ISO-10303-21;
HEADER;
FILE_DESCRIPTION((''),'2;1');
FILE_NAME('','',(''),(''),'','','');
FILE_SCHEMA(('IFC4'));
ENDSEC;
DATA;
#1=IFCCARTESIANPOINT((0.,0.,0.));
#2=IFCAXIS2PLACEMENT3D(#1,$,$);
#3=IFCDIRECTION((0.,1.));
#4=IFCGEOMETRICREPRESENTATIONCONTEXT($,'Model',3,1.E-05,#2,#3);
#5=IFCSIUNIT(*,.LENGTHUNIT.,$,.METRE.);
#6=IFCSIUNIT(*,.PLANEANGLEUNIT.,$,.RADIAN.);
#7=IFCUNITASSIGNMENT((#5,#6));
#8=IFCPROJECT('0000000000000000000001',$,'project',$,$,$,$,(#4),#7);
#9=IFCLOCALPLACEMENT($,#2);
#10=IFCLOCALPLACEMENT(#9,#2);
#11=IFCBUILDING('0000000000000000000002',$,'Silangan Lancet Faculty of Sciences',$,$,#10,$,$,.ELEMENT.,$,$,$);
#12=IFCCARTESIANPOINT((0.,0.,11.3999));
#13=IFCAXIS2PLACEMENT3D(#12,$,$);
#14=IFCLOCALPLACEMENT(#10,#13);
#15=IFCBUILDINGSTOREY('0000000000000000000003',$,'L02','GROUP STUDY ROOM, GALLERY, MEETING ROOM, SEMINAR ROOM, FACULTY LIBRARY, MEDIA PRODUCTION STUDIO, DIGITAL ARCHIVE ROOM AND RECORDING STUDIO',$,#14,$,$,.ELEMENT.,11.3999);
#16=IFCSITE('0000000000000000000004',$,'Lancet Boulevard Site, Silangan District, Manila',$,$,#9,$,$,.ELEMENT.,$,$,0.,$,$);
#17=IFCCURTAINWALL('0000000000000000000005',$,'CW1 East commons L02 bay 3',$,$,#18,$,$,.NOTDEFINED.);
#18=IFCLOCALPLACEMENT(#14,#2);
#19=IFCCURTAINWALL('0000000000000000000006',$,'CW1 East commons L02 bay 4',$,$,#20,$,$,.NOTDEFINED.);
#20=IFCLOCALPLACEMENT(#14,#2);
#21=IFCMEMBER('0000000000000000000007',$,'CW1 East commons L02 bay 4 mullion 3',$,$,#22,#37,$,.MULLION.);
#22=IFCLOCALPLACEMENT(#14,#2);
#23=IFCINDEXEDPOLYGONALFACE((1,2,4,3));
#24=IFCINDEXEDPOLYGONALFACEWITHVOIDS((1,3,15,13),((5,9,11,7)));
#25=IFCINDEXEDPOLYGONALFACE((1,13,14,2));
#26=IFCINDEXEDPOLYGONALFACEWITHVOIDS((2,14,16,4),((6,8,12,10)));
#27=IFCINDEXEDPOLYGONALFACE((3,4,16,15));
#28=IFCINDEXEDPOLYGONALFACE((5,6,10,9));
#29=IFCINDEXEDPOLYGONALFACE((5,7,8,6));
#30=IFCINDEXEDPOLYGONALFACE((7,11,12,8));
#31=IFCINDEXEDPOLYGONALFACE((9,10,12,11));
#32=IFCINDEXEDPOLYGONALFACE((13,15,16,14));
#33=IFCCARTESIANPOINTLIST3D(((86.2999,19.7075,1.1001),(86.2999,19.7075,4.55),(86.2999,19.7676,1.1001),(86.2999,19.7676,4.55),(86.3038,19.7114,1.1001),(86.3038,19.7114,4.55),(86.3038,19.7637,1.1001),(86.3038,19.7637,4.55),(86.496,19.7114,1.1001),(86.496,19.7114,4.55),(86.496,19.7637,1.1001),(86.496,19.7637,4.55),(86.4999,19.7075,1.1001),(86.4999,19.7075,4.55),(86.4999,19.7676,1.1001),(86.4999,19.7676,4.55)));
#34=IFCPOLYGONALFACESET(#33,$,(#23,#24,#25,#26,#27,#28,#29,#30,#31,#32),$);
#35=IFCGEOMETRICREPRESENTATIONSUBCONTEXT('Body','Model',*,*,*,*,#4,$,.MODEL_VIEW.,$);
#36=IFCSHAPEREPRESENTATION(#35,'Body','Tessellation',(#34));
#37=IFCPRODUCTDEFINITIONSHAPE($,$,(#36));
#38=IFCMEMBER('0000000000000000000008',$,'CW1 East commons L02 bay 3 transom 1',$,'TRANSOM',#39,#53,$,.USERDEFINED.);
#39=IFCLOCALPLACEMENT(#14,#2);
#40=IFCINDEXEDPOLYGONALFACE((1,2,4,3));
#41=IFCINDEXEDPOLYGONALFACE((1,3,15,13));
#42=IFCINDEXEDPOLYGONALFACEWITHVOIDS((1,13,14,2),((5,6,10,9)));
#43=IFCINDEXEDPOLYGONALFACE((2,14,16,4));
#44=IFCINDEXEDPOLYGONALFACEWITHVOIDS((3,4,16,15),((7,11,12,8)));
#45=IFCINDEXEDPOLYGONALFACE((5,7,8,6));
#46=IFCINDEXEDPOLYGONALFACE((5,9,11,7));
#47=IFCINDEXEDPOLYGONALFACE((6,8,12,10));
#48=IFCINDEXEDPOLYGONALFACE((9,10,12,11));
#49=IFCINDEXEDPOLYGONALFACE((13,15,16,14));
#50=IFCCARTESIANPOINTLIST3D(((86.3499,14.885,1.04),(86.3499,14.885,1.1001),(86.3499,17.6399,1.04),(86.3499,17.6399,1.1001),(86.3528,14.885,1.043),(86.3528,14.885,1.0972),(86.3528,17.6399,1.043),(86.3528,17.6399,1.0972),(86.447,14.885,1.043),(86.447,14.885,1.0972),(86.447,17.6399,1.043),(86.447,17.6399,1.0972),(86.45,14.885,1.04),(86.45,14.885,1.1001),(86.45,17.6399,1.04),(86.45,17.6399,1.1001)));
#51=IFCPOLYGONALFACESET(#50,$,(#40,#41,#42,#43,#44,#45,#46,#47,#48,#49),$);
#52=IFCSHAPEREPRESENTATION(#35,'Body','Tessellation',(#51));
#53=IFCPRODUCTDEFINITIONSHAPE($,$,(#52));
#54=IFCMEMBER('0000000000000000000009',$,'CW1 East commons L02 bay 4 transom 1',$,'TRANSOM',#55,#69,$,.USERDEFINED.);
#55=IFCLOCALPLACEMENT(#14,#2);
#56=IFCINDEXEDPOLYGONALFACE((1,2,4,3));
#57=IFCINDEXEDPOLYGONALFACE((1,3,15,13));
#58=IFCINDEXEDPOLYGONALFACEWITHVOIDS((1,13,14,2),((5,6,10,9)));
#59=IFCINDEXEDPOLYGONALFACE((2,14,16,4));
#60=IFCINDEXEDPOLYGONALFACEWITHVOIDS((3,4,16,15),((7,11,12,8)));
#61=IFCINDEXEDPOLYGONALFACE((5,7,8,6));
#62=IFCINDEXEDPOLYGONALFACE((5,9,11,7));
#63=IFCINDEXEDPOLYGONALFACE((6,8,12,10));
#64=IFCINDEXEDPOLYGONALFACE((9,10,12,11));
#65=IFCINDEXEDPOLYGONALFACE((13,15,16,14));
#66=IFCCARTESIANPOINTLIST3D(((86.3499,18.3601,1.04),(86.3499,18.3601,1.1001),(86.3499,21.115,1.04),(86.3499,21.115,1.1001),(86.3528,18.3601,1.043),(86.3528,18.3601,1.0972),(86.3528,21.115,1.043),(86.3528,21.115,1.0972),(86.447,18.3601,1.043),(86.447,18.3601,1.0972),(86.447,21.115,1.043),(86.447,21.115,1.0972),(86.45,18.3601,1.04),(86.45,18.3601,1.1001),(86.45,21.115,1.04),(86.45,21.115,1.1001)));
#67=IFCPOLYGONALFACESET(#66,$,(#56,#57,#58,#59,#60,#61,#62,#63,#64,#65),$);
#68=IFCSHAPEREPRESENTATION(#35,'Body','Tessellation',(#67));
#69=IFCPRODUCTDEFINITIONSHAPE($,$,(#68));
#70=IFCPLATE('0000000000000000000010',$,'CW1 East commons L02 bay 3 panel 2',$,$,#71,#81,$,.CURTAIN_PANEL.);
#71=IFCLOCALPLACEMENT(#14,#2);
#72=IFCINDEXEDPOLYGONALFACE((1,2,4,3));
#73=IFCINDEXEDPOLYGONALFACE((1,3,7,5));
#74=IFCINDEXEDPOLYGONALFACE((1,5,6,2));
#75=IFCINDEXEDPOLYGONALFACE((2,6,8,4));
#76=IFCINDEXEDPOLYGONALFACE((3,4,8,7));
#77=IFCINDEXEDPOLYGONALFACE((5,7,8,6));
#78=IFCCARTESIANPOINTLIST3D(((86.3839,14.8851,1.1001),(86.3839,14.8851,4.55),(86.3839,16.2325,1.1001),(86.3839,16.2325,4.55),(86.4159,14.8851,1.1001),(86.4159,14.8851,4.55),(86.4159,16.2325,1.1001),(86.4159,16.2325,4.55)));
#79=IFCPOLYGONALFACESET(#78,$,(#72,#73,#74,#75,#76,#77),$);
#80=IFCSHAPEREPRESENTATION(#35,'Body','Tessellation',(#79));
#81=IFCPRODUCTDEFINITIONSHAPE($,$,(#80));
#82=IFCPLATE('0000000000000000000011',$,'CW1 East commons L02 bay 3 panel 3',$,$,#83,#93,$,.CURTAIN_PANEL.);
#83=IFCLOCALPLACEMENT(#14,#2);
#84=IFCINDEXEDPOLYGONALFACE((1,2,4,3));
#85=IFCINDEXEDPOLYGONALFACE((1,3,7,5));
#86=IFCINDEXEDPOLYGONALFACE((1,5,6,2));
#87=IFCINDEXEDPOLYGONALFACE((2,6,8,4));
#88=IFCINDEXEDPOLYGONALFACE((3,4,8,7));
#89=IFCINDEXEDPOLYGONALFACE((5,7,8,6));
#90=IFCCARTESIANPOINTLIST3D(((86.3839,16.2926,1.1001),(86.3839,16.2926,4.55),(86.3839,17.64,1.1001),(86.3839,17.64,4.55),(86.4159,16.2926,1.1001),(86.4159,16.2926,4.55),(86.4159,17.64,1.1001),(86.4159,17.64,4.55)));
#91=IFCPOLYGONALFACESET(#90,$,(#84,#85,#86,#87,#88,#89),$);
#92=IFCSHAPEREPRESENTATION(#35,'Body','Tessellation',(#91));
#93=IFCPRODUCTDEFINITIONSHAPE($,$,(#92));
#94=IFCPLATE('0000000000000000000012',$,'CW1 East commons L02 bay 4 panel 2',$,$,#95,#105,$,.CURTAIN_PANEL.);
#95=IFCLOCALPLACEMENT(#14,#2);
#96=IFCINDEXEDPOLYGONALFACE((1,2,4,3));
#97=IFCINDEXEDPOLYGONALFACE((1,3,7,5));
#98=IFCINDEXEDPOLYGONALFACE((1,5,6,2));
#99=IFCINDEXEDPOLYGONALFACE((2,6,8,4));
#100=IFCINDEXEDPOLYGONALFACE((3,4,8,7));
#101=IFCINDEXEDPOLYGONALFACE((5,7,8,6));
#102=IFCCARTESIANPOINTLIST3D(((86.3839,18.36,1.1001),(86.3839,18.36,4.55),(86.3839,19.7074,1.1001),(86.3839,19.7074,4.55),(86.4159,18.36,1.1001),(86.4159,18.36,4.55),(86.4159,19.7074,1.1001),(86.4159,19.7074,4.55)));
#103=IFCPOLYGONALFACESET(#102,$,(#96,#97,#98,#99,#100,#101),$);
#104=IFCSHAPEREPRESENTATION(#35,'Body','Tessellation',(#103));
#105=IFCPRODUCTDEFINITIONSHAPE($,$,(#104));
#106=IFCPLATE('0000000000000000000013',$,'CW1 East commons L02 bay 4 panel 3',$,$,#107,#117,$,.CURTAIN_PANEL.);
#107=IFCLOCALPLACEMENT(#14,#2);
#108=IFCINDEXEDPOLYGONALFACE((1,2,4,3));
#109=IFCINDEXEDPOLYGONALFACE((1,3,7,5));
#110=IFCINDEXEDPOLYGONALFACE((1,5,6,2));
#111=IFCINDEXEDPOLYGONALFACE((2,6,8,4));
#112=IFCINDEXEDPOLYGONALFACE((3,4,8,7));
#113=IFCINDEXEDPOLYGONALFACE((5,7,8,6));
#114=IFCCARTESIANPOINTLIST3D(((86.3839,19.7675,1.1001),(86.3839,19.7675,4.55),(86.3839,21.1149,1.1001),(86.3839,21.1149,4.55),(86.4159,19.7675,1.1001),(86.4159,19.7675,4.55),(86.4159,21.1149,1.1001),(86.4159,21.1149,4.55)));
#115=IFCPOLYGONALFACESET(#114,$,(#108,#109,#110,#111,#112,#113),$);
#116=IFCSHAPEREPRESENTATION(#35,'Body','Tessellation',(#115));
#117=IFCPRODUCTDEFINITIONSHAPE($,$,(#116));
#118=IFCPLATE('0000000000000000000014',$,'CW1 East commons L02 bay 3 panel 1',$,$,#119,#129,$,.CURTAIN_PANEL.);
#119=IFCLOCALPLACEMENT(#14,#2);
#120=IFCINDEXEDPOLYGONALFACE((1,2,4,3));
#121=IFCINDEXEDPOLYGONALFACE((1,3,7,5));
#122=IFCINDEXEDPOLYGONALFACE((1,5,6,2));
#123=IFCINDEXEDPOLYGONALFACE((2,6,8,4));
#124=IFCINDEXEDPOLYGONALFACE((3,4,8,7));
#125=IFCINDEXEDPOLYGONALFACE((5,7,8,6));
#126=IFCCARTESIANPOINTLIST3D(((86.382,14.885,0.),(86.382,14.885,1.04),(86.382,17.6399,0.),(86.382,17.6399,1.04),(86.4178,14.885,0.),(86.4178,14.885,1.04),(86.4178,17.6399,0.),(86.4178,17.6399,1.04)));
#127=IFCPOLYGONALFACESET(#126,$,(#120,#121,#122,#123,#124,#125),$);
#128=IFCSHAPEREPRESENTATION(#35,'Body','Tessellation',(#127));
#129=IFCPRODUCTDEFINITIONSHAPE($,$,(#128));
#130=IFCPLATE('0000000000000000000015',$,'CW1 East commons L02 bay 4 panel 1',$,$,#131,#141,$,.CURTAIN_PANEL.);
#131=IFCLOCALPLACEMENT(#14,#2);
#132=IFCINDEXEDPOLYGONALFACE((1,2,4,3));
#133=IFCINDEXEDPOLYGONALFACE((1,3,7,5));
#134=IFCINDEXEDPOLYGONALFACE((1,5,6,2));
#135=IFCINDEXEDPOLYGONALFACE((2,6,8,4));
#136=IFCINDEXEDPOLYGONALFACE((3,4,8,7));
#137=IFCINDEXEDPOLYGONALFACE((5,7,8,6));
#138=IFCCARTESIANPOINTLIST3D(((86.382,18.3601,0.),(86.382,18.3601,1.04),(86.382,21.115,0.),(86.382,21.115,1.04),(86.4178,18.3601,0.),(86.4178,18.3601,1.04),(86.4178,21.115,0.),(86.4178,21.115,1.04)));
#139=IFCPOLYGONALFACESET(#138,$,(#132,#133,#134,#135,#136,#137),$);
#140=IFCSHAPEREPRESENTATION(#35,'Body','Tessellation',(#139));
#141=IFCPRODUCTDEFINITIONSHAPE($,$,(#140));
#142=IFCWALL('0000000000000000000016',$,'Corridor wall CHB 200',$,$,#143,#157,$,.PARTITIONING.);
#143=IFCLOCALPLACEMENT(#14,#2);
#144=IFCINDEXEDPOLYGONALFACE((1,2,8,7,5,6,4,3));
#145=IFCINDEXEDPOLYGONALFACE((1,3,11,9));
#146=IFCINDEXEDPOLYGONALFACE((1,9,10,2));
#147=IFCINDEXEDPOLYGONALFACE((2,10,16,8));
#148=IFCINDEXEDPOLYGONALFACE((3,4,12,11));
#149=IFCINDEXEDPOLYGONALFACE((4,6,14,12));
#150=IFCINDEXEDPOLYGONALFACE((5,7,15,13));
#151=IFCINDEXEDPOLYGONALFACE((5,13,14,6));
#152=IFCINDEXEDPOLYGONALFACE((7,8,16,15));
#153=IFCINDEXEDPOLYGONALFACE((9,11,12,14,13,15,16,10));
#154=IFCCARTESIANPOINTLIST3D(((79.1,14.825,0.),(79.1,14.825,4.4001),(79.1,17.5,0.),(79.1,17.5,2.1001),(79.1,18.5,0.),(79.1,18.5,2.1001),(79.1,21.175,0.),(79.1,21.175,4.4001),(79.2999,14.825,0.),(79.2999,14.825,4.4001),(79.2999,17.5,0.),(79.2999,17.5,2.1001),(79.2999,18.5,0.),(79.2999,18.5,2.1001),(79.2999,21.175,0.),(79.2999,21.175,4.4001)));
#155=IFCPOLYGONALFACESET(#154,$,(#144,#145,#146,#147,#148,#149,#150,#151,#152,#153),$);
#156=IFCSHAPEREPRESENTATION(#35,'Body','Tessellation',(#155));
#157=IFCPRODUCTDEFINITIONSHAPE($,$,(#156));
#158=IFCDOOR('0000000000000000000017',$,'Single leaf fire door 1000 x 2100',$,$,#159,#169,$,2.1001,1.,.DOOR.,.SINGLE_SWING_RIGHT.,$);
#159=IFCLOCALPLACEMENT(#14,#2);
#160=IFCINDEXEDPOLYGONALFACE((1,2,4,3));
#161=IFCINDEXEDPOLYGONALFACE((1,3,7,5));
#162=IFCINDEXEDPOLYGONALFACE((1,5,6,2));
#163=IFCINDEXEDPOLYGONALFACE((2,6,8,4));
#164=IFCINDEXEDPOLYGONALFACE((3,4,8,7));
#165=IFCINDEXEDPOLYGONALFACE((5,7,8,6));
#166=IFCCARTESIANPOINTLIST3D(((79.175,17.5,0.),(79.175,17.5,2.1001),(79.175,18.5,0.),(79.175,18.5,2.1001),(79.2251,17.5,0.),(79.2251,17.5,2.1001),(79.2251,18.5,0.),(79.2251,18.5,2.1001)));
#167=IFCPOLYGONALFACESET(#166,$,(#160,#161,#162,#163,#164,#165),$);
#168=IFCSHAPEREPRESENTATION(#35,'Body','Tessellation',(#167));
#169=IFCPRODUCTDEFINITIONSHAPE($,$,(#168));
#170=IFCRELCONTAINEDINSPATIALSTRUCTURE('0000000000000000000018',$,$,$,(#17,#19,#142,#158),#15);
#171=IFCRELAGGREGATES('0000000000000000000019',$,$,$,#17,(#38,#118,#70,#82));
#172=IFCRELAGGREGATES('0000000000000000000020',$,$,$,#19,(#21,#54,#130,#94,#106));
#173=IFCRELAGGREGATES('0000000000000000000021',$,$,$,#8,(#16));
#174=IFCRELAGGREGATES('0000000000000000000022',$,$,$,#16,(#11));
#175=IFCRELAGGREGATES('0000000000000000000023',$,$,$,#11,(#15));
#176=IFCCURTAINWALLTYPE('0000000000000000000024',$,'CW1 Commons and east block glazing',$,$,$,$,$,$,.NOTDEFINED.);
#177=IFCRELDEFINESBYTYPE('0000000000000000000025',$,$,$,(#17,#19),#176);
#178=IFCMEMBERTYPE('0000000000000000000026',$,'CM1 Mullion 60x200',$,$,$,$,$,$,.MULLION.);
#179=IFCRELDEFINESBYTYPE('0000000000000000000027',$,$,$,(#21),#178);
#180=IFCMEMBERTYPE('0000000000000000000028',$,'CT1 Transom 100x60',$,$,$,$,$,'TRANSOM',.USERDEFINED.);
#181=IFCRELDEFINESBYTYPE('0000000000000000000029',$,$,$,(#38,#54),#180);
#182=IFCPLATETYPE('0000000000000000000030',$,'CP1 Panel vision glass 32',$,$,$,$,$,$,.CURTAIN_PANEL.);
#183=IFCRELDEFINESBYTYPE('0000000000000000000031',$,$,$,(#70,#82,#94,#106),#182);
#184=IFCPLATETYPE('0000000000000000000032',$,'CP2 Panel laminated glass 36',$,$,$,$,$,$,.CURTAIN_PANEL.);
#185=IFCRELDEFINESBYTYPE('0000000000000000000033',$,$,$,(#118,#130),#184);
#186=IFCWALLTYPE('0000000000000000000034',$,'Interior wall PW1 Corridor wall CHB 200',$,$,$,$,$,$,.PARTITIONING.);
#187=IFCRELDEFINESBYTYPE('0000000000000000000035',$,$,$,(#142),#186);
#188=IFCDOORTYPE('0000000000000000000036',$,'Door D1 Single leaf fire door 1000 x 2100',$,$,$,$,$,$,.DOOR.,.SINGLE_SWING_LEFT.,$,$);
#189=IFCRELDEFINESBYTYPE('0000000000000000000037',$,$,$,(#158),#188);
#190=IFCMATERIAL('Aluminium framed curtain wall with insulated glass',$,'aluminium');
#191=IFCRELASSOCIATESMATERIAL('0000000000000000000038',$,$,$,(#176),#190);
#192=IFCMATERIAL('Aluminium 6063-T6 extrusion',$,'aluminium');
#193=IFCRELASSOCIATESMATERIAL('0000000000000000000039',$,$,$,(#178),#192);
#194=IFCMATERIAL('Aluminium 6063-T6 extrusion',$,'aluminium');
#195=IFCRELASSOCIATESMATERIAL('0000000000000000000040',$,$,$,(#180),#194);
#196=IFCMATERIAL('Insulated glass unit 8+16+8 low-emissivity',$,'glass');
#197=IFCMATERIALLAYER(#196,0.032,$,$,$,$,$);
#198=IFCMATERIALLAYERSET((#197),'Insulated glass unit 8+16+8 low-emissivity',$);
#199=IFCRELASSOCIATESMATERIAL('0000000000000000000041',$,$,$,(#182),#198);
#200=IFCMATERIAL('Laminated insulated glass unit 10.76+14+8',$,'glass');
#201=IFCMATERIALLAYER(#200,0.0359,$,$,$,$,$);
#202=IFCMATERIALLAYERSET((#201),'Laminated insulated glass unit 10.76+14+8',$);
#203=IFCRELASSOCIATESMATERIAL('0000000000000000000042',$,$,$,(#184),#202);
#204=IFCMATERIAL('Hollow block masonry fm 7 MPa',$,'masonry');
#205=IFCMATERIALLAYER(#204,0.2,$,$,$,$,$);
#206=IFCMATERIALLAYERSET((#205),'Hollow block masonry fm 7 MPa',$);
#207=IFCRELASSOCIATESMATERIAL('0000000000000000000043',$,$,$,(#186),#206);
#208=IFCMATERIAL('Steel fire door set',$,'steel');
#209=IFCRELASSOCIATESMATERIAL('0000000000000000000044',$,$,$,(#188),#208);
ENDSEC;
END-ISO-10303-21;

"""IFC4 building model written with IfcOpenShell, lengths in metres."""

from ifc_helpers import new_model, si_unit, direction, frame, frame_2d, origin, origin_2d, place, context, subcontext, project, spatial, rectangle, hollow_rectangle, extrude, material, layer, layer_set, material_profile, profile_set, type_object, element, fill, aggregate, save


model = new_model("IFC4")

# Units and contexts
model_context = context("Model", 3, precision=1e-05, world=origin(), true_north=direction((0.0, 1.0)))
body_context = subcontext(model_context, "Body", "Model", "MODEL_VIEW")
ifc_project = project(units=[si_unit("LENGTHUNIT", "METRE"), si_unit("PLANEANGLEUNIT", "RADIAN")], contexts=[model_context])

# Site, building, storey
site_placement = place(None, origin())
site = spatial("IfcSite", under=ifc_project, at=site_placement, Name="Lancet Boulevard Site, Silangan District, Manila", CompositionType="ELEMENT", RefElevation=0.0)
building_placement = place(site_placement, origin())
building = spatial("IfcBuilding", under=site, at=building_placement, Name="Silangan Lancet Faculty of Sciences", CompositionType="ELEMENT")
storey_placement = place(building_placement, frame((0.0, 0.0, 11.3999)))
storey = spatial("IfcBuildingStorey", under=building, at=storey_placement, Name="L02", Description="GROUP STUDY ROOM, GALLERY, MEETING ROOM, SEMINAR ROOM, FACULTY LIBRARY, MEDIA PRODUCTION STUDIO, DIGITAL ARCHIVE ROOM AND RECORDING STUDIO", CompositionType="ELEMENT", Elevation=11.3999)

# Curtain walls, member
ifc_material_1 = material(Name="Aluminium framed curtain wall with insulated glass", Category="aluminium")
curtain_wall_type = type_object("IfcCurtainWallType", Name="CW1 Commons and east block glazing", PredefinedType="NOTDEFINED", material=ifc_material_1)
curtain_wall_1_placement = place(storey_placement, origin())
curtain_wall_1 = element("IfcCurtainWall", 1, at=curtain_wall_1_placement, inside=storey, type_object=curtain_wall_type, Name="CW1 East commons L02 bay 3", PredefinedType="NOTDEFINED")
ifc_material_2 = material(Name="Aluminium 6063-T6 extrusion", Category="aluminium")
ifc_material_profile_1 = material_profile(ifc_material_2, hollow_rectangle(XDim=0.0601, YDim=0.2, WallThickness=0.0039, at=origin_2d()), Name="AL BOX 60x200x4")
ifc_profile_set_1 = profile_set([ifc_material_profile_1], Name="Aluminium 6063-T6 extrusion")
member_type_1 = type_object("IfcMemberType", Name="CM1 Mullion 60x200", PredefinedType="MULLION", material=ifc_profile_set_1)
curtain_wall_2_placement = place(storey_placement, origin())
curtain_wall_2 = element("IfcCurtainWall", 2, at=curtain_wall_2_placement, inside=storey, type_object=curtain_wall_type, Name="CW1 East commons L02 bay 4", PredefinedType="NOTDEFINED")
member_1_placement = place(storey_placement, frame((86.3999, 19.7375, 1.1001), z_axis=(0.0, 0.0, 1.0), x_axis=(0.0, 1.0, 0.0)))
member_1 = element("IfcMember", 3, at=member_1_placement, type_object=member_type_1, Name="CW1 East commons L02 bay 4 mullion 3", PredefinedType="MULLION", context=body_context, shape_type="SweptSolid", body=[
    extrude(hollow_rectangle(XDim=0.0601, YDim=0.2, WallThickness=0.0039, at=origin_2d()), origin(), (0.0, 0.0, 1.0), 3.45),
])

# Members
ifc_material_3 = material(Name="Aluminium 6063-T6 extrusion", Category="aluminium")
ifc_material_profile_2 = material_profile(ifc_material_3, hollow_rectangle(XDim=0.1001, YDim=0.0601, WallThickness=0.0029, at=origin_2d()), Name="AL BOX 100x60x3")
ifc_profile_set_2 = profile_set([ifc_material_profile_2], Name="Aluminium 6063-T6 extrusion")
member_type_2 = type_object("IfcMemberType", Name="CT1 Transom 100x60", ElementType="TRANSOM", PredefinedType="USERDEFINED", material=ifc_profile_set_2)
member_2_placement = place(storey_placement, frame((86.3999, 14.885, 1.0701), z_axis=(0.0, 1.0, 0.0), x_axis=(-1.0, 0.0, 0.0)))
member_2 = element("IfcMember", 4, at=member_2_placement, type_object=member_type_2, Name="CW1 East commons L02 bay 3 transom 1", ObjectType="TRANSOM", PredefinedType="USERDEFINED", context=body_context, shape_type="SweptSolid", body=[
    extrude(hollow_rectangle(XDim=0.1001, YDim=0.0601, WallThickness=0.0029, at=origin_2d()), origin(), (0.0, 0.0, 1.0), 2.7549),
])
member_3_placement = place(storey_placement, frame((86.3999, 18.3601, 1.0701), z_axis=(0.0, 1.0, 0.0), x_axis=(-1.0, 0.0, 0.0)))
member_3 = element("IfcMember", 5, at=member_3_placement, type_object=member_type_2, Name="CW1 East commons L02 bay 4 transom 1", ObjectType="TRANSOM", PredefinedType="USERDEFINED", context=body_context, shape_type="SweptSolid", body=[
    extrude(hollow_rectangle(XDim=0.1001, YDim=0.0601, WallThickness=0.0029, at=origin_2d()), origin(), (0.0, 0.0, 1.0), 2.7549),
])

# Plates
ifc_material_4 = material(Name="Insulated glass unit 8+16+8 low-emissivity", Category="glass")
ifc_layer_1 = layer(ifc_material_4, 0.032)
ifc_layer_set_1 = layer_set([ifc_layer_1], Name="Insulated glass unit 8+16+8 low-emissivity")
plate_type_1 = type_object("IfcPlateType", Name="CP1 Panel vision glass 32", PredefinedType="CURTAIN_PANEL", material=ifc_layer_set_1)
plate_1_placement = place(storey_placement, frame((86.3999, 15.5588, 1.1001), z_axis=(0.0, 0.0, 1.0), x_axis=(0.0, 1.0, 0.0)))
plate_1 = element("IfcPlate", 6, at=plate_1_placement, type_object=plate_type_1, Name="CW1 East commons L02 bay 3 panel 2", PredefinedType="CURTAIN_PANEL", context=body_context, shape_type="SweptSolid", body=[
    extrude(rectangle(XDim=1.3474, YDim=0.032, at=origin_2d()), origin(), (0.0, 0.0, 1.0), 3.45),
])
plate_2_placement = place(storey_placement, frame((86.3999, 16.9663, 1.1001), z_axis=(0.0, 0.0, 1.0), x_axis=(0.0, 1.0, 0.0)))
plate_2 = element("IfcPlate", 7, at=plate_2_placement, type_object=plate_type_1, Name="CW1 East commons L02 bay 3 panel 3", PredefinedType="CURTAIN_PANEL", context=body_context, shape_type="SweptSolid", body=[
    extrude(rectangle(XDim=1.3474, YDim=0.032, at=origin_2d()), origin(), (0.0, 0.0, 1.0), 3.45),
])
plate_3_placement = place(storey_placement, frame((86.3999, 19.0337, 1.1001), z_axis=(0.0, 0.0, 1.0), x_axis=(0.0, 1.0, 0.0)))
plate_3 = element("IfcPlate", 8, at=plate_3_placement, type_object=plate_type_1, Name="CW1 East commons L02 bay 4 panel 2", PredefinedType="CURTAIN_PANEL", context=body_context, shape_type="SweptSolid", body=[
    extrude(rectangle(XDim=1.3474, YDim=0.032, at=origin_2d()), origin(), (0.0, 0.0, 1.0), 3.45),
])
plate_4_placement = place(storey_placement, frame((86.3999, 20.4412, 1.1001), z_axis=(0.0, 0.0, 1.0), x_axis=(0.0, 1.0, 0.0)))
plate_4 = element("IfcPlate", 9, at=plate_4_placement, type_object=plate_type_1, Name="CW1 East commons L02 bay 4 panel 3", PredefinedType="CURTAIN_PANEL", context=body_context, shape_type="SweptSolid", body=[
    extrude(rectangle(XDim=1.3474, YDim=0.032, at=origin_2d()), origin(), (0.0, 0.0, 1.0), 3.45),
])
ifc_material_5 = material(Name="Laminated insulated glass unit 10.76+14+8", Category="glass")
ifc_layer_2 = layer(ifc_material_5, 0.0359)
ifc_layer_set_2 = layer_set([ifc_layer_2], Name="Laminated insulated glass unit 10.76+14+8")
plate_type_2 = type_object("IfcPlateType", Name="CP2 Panel laminated glass 36", PredefinedType="CURTAIN_PANEL", material=ifc_layer_set_2)
plate_5_placement = place(storey_placement, frame((86.3999, 16.2625, 0.0), z_axis=(0.0, 0.0, 1.0), x_axis=(0.0, 1.0, 0.0)))
plate_5 = element("IfcPlate", 10, at=plate_5_placement, type_object=plate_type_2, Name="CW1 East commons L02 bay 3 panel 1", PredefinedType="CURTAIN_PANEL", context=body_context, shape_type="SweptSolid", body=[
    extrude(rectangle(XDim=2.7549, YDim=0.0359, at=origin_2d()), origin(), (0.0, 0.0, 1.0), 1.04),
])
aggregate(curtain_wall_1, [member_2, plate_5, plate_1, plate_2])
plate_6_placement = place(storey_placement, frame((86.3999, 19.7375, 0.0), z_axis=(0.0, 0.0, 1.0), x_axis=(0.0, 1.0, 0.0)))
plate_6 = element("IfcPlate", 11, at=plate_6_placement, type_object=plate_type_2, Name="CW1 East commons L02 bay 4 panel 1", PredefinedType="CURTAIN_PANEL", context=body_context, shape_type="SweptSolid", body=[
    extrude(rectangle(XDim=2.7549, YDim=0.0359, at=origin_2d()), origin(), (0.0, 0.0, 1.0), 1.04),
])
aggregate(curtain_wall_2, [member_1, member_3, plate_6, plate_3, plate_4])

# Wall, opening, door
ifc_material_6 = material(Name="Hollow block masonry fm 7 MPa", Category="masonry")
ifc_layer_3 = layer(ifc_material_6, 0.2)
ifc_layer_set_3 = layer_set([ifc_layer_3], Name="Hollow block masonry fm 7 MPa")
wall_type_1 = type_object("IfcWallType", Name="Interior wall PW1 Corridor wall CHB 200", PredefinedType="PARTITIONING", material=ifc_layer_set_3)
wall_1_placement = place(storey_placement, frame((79.2, 14.825, 0.0), z_axis=(0.0, 0.0, 1.0), x_axis=(0.0, 1.0, 0.0)))
wall_1 = element("IfcWall", 12, at=wall_1_placement, inside=storey, type_object=wall_type_1, Name="Corridor wall CHB 200", PredefinedType="PARTITIONING", context=body_context, shape_type="SweptSolid", body=[
    extrude(rectangle(XDim=6.3501, YDim=0.2, at=frame_2d((3.175, 0.0))), origin(), (0.0, 0.0, 1.0), 4.4001),
])
opening_1_placement = place(wall_1_placement, frame((2.675, 0.0, 0.0)))
opening_1 = element("IfcOpeningElement", 13, at=opening_1_placement, cuts=wall_1, PredefinedType="OPENING", context=body_context, shape_type="SweptSolid", body=[
    extrude(rectangle(XDim=1.0, YDim=2.1001, at=frame_2d((0.5, 1.05))), frame((0.0, 0.1099, 0.0), z_axis=(0.0, -1.0, 0.0), x_axis=(1.0, 0.0, 0.0)), (0.0, 0.0, 1.0), 0.22),
])
ifc_material_7 = material(Name="Steel fire door set", Category="steel")
door_type = type_object("IfcDoorType", Name="Door D1 Single leaf fire door 1000 x 2100", OperationType="SINGLE_SWING_LEFT", PredefinedType="DOOR", material=ifc_material_7)
door_1_placement = place(opening_1_placement, origin())
door_1 = element("IfcDoor", 14, at=door_1_placement, inside=storey, type_object=door_type, Name="Single leaf fire door 1000 x 2100", OperationType="SINGLE_SWING_RIGHT", OverallHeight=2.1001, OverallWidth=1.0, PredefinedType="DOOR", context=body_context, shape_type="SweptSolid", body=[
    extrude(rectangle(XDim=1.0, YDim=2.1001, at=frame_2d((0.5, 1.05))), frame((0.0, 0.0249, 0.0), z_axis=(0.0, -1.0, 0.0), x_axis=(1.0, 0.0, 0.0)), (0.0, 0.0, 1.0), 0.05),
])
fill(opening_1, door_1)

save(model, "model.ifc")
